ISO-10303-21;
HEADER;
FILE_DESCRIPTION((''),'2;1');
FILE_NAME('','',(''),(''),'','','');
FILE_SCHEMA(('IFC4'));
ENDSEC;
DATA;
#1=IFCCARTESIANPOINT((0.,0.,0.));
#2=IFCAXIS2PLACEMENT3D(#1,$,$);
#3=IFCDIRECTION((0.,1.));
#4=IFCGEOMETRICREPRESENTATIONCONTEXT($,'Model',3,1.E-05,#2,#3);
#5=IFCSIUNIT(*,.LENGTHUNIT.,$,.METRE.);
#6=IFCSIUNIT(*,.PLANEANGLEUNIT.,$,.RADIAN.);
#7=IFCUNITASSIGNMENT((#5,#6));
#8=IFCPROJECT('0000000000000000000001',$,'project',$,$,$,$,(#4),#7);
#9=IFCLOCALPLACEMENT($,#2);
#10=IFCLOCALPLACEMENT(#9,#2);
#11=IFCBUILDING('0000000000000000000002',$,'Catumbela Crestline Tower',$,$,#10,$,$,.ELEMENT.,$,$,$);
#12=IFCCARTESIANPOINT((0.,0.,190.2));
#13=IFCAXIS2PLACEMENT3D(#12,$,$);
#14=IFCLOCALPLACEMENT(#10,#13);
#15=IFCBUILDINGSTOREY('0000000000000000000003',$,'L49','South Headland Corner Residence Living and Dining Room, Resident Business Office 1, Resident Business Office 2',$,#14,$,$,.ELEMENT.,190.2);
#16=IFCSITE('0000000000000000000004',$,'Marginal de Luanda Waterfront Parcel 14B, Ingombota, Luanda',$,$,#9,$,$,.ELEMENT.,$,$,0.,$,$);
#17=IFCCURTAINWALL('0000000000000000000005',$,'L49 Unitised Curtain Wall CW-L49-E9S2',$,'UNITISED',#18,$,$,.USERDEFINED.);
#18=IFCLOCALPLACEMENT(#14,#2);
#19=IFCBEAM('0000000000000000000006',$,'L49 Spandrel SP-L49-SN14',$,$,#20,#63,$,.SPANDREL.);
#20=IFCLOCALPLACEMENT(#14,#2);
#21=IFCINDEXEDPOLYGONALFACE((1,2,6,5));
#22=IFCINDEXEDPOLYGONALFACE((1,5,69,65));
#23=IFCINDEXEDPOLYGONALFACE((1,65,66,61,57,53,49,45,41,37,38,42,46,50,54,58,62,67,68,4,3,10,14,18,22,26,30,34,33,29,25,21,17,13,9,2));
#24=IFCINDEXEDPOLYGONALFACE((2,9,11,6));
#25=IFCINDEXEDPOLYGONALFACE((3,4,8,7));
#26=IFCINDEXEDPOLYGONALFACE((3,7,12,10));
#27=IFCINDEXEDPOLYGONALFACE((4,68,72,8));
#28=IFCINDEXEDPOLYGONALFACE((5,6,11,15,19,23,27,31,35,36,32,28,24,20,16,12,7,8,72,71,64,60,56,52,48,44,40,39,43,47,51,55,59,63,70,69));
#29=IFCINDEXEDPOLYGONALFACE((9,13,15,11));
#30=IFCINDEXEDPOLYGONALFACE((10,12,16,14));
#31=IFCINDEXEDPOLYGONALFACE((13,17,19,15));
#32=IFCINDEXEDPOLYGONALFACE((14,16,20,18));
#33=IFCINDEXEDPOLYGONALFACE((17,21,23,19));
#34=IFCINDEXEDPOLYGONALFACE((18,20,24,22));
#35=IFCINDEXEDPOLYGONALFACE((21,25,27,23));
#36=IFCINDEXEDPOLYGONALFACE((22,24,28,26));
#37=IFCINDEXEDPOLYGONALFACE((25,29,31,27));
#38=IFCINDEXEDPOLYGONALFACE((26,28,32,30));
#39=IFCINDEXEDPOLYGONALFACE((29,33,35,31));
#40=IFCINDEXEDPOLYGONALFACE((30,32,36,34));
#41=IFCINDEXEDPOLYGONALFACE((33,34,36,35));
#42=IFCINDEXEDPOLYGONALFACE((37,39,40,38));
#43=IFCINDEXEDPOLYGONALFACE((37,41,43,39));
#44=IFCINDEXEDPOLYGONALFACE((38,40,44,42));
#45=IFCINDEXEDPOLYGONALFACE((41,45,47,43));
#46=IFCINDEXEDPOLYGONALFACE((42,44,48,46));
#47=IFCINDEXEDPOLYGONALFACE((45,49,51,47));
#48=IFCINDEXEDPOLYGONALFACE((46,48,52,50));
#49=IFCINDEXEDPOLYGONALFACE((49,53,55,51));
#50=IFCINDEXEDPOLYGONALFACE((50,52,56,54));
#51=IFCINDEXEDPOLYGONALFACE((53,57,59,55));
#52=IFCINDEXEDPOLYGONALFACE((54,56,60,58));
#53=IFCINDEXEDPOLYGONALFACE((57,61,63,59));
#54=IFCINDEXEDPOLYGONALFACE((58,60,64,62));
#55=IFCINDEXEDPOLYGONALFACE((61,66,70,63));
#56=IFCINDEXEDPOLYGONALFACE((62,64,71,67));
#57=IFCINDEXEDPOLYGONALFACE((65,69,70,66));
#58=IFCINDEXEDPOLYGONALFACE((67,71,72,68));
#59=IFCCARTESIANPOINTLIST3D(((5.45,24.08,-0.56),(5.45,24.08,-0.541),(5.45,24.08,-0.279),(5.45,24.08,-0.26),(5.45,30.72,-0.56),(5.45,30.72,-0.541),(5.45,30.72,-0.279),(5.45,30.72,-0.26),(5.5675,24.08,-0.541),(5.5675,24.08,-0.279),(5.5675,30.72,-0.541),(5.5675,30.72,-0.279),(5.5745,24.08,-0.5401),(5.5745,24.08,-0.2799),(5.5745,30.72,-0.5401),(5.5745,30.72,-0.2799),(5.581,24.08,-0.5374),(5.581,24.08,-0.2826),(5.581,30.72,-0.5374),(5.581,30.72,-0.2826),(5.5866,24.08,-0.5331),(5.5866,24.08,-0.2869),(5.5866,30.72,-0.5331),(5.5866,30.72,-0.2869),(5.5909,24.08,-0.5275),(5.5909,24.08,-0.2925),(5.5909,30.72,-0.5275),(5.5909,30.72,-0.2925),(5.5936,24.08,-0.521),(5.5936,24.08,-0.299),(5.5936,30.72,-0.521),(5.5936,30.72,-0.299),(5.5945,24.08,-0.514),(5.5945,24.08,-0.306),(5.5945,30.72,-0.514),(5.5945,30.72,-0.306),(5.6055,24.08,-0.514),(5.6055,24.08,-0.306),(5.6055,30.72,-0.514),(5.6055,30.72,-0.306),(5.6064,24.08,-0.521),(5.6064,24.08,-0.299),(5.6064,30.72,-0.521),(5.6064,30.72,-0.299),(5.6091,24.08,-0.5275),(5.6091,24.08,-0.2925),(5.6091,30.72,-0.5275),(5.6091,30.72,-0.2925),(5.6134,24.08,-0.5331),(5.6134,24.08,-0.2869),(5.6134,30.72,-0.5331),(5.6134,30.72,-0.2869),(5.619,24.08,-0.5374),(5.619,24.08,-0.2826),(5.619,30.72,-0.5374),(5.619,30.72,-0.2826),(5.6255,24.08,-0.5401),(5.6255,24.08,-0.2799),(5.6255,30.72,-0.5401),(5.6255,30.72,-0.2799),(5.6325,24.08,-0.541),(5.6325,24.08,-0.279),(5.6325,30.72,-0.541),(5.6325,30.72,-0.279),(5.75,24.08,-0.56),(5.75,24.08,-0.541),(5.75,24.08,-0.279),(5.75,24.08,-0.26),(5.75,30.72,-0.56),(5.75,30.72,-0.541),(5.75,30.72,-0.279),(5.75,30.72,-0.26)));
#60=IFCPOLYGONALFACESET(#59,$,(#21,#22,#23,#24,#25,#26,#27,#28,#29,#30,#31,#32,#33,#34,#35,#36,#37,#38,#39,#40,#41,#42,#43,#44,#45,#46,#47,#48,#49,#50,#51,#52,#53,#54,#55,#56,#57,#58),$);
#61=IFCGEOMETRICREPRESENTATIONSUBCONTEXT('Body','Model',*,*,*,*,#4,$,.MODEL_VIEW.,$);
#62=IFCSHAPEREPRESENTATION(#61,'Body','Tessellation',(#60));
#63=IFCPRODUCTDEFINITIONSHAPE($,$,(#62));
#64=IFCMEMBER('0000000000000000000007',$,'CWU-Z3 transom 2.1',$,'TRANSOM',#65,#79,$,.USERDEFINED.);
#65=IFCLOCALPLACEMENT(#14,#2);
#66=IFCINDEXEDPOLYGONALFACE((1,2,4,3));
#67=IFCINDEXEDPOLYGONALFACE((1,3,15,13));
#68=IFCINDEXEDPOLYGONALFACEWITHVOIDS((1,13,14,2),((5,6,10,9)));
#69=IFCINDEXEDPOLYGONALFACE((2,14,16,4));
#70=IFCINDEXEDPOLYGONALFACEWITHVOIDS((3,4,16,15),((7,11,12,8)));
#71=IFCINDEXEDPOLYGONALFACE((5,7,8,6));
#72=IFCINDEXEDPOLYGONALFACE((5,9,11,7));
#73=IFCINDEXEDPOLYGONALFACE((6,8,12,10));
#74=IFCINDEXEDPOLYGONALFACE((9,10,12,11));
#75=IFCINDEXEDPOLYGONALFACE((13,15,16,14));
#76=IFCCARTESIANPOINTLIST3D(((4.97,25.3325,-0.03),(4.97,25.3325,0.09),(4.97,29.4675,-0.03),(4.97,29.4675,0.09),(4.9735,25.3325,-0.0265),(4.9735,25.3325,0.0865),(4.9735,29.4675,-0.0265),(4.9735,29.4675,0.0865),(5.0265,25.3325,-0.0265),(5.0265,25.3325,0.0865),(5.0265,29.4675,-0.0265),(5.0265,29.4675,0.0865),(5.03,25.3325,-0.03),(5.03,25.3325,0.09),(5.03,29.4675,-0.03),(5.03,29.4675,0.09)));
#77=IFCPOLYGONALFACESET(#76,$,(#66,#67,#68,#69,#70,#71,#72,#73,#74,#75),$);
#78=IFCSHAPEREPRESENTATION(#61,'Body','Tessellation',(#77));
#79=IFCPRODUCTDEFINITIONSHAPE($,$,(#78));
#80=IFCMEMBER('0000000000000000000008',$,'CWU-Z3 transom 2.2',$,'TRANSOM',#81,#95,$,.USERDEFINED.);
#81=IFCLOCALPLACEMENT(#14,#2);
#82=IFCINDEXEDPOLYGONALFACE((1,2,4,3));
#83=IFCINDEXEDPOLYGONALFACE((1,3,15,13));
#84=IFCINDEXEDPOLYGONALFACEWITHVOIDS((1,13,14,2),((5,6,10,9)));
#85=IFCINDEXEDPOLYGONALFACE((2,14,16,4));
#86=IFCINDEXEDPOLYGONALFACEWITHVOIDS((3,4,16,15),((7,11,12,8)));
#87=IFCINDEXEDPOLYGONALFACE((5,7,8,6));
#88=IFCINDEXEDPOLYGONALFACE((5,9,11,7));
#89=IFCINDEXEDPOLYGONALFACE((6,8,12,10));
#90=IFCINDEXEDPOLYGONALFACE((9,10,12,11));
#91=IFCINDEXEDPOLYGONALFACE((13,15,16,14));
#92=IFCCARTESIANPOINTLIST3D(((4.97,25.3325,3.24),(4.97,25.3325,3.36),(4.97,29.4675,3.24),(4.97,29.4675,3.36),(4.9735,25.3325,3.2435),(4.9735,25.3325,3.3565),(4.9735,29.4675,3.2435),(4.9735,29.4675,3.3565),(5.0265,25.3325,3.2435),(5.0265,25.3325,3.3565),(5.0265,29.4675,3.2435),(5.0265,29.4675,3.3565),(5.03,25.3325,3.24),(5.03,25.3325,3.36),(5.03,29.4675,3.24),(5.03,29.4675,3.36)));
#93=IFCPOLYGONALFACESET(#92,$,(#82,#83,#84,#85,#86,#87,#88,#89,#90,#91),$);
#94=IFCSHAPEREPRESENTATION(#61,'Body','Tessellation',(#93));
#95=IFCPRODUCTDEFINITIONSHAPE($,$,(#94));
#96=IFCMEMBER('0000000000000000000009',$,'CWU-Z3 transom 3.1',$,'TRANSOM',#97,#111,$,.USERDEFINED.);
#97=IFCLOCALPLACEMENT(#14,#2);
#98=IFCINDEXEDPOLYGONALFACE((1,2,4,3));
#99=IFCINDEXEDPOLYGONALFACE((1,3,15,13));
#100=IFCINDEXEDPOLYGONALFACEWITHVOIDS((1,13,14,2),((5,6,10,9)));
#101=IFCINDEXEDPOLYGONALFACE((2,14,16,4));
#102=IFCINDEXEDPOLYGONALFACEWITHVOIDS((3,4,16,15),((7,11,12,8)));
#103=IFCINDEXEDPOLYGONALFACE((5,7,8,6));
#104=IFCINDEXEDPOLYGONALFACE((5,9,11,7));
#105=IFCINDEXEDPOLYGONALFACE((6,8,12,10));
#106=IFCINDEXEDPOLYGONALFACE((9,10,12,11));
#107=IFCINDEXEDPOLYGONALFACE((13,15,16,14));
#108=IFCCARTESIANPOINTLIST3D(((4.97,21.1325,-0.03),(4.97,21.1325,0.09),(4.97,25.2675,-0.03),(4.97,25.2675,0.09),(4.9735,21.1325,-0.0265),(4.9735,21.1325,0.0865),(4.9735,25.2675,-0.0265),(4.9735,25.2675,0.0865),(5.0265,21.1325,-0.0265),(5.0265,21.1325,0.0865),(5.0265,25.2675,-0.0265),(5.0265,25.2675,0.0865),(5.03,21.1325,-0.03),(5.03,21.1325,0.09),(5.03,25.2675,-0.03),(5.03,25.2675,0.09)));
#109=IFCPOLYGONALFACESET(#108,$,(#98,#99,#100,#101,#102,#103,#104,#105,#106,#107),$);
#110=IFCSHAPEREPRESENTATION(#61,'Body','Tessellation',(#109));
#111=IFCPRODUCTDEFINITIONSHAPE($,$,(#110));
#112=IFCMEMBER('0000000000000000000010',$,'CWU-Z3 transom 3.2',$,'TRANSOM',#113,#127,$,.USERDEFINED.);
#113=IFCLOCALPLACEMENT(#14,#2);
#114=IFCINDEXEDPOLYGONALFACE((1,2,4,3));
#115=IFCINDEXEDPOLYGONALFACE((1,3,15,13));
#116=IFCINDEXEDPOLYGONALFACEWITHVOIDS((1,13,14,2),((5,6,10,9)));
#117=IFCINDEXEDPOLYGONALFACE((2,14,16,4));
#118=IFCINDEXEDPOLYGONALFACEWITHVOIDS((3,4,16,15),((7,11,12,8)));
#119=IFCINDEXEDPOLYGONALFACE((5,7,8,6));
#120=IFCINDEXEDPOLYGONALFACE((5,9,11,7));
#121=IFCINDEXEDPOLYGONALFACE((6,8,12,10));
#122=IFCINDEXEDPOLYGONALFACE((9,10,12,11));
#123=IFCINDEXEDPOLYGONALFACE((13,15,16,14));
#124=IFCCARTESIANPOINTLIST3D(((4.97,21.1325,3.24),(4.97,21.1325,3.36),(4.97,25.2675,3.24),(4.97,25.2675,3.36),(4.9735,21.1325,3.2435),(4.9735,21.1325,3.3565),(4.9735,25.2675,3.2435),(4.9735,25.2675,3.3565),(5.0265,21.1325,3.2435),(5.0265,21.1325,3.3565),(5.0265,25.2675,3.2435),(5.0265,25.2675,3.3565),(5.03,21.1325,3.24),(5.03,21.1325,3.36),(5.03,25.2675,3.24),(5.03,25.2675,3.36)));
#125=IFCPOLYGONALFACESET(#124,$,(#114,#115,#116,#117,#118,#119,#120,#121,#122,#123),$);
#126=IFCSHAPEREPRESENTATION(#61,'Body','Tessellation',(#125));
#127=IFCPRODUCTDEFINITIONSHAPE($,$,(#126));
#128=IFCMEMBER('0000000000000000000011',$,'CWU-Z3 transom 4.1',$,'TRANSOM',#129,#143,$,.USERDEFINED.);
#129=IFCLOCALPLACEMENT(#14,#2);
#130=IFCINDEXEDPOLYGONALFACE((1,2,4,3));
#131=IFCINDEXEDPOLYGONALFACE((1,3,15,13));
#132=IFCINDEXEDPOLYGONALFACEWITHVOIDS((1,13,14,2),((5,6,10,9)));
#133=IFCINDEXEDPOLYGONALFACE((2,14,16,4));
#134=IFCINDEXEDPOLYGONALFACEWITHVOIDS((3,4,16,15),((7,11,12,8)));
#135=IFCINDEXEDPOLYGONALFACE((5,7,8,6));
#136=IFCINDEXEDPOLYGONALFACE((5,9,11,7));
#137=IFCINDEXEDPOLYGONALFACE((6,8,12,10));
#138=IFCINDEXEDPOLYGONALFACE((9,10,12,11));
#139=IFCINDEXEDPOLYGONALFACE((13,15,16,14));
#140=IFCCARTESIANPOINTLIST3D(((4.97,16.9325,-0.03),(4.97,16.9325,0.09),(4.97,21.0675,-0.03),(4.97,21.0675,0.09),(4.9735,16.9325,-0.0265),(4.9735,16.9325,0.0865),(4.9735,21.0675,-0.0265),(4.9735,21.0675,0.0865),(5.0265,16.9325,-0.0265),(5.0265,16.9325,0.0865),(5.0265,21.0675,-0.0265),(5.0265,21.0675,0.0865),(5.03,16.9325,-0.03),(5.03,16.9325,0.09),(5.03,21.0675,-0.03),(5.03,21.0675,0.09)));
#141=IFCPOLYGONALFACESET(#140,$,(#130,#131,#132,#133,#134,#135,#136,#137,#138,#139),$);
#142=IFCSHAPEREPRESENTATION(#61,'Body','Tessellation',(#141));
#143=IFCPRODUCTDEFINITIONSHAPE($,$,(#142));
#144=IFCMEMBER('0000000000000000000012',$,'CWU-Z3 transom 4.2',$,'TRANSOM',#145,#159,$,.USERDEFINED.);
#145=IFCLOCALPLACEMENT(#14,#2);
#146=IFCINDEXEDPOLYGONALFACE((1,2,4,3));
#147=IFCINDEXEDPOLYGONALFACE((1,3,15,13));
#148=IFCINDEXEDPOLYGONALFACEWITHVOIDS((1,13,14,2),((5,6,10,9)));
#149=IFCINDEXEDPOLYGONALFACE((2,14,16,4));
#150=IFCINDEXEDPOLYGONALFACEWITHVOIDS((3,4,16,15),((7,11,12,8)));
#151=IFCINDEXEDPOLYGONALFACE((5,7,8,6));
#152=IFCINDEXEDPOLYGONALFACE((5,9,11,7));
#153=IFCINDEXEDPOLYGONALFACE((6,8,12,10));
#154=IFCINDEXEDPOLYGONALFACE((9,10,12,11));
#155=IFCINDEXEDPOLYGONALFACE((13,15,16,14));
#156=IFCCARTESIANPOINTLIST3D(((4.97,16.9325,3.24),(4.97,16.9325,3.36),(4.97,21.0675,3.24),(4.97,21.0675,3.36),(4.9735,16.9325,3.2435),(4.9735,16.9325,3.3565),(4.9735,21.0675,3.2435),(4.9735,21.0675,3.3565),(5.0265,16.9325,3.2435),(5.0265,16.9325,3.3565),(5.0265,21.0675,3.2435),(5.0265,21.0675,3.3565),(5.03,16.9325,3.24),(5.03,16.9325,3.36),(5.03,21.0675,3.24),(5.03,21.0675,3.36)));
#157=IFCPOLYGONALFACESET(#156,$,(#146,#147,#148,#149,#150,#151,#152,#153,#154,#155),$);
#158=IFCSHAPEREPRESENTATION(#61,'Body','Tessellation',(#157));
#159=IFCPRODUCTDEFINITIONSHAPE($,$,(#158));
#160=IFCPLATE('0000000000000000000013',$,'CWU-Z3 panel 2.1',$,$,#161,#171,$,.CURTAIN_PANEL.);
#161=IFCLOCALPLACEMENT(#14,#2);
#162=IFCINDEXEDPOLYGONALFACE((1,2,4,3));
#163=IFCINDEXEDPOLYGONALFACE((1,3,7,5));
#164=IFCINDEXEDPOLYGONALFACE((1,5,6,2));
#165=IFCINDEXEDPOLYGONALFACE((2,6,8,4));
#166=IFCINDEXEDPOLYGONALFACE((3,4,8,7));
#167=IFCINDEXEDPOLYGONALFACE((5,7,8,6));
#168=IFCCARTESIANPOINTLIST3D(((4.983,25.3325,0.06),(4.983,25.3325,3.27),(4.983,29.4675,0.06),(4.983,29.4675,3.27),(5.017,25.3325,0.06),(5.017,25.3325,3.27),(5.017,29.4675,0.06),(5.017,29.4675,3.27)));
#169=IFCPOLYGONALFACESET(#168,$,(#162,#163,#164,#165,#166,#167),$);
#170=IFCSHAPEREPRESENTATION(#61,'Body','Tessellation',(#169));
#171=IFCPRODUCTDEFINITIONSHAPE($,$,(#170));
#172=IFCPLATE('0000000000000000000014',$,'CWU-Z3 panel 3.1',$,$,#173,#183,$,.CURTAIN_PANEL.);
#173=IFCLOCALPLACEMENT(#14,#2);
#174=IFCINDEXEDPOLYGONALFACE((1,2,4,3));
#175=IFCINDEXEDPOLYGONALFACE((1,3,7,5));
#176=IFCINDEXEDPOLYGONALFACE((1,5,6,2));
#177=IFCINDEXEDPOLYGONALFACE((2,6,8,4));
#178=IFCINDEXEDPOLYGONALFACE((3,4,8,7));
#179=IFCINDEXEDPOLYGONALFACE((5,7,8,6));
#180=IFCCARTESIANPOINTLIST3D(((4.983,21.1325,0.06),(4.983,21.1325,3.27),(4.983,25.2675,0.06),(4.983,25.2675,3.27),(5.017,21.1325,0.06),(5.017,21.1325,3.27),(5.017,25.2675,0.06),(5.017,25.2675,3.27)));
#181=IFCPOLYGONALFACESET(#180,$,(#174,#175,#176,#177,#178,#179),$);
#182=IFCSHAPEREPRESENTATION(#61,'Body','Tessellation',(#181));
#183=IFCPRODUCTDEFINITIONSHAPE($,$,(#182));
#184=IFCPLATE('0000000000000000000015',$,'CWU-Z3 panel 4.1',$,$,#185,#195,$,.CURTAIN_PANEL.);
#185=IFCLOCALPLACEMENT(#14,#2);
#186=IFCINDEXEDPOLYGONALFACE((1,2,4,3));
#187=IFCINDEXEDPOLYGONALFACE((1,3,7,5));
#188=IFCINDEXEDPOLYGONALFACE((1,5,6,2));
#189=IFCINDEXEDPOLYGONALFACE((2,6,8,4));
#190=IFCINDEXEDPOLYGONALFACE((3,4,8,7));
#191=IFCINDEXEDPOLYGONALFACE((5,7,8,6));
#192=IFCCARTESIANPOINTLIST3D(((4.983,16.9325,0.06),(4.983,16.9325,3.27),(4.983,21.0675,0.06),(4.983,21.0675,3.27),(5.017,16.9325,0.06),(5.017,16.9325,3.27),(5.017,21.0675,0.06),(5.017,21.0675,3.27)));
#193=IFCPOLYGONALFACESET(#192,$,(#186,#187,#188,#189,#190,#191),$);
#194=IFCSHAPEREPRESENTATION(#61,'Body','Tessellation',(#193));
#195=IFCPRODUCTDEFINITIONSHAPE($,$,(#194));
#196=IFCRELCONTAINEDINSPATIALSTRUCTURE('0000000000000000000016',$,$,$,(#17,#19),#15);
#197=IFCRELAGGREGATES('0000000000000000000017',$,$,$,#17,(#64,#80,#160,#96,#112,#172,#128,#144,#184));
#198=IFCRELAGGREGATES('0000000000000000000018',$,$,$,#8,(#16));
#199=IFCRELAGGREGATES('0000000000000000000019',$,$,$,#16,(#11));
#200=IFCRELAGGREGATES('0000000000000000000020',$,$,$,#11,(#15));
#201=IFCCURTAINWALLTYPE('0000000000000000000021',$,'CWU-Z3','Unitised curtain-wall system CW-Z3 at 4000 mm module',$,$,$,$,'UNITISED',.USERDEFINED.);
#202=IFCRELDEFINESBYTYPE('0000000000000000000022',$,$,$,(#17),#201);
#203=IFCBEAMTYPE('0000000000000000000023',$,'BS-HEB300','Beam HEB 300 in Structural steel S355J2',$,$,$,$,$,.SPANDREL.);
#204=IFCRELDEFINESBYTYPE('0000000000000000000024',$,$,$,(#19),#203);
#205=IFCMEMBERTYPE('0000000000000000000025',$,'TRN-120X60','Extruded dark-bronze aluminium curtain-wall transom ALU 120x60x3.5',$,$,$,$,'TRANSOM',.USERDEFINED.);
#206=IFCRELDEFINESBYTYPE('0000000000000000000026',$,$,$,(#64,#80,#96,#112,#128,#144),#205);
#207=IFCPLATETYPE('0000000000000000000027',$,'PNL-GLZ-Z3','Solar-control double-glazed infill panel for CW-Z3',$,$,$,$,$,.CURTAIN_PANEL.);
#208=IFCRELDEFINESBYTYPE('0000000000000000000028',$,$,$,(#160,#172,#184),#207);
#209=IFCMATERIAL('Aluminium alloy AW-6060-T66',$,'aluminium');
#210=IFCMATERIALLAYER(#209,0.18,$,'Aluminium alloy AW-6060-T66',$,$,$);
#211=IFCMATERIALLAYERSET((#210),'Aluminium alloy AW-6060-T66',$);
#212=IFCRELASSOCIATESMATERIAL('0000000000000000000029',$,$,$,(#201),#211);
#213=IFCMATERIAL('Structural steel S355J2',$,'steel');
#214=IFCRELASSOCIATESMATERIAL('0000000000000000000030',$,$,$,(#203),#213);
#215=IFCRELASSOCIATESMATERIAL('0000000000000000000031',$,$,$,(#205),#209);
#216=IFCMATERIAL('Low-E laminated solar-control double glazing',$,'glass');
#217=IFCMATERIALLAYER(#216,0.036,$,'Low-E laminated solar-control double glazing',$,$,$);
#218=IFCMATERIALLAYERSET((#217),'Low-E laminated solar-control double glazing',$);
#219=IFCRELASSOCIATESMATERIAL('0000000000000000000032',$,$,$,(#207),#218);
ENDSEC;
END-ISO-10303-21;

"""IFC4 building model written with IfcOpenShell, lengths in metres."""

from ifc_helpers import new_model, si_unit, direction, frame, origin, origin_2d, place, context, subcontext, project, spatial, rectangle, hollow_rectangle, i_section, extrude, material, layer, layer_set, material_profile, profile_set, type_object, element, aggregate, save


model = new_model("IFC4")

# Units and contexts
model_context = context("Model", 3, precision=1e-05, world=origin(), true_north=direction((0.0, 1.0)))
body_context = subcontext(model_context, "Body", "Model", "MODEL_VIEW")
ifc_project = project(units=[si_unit("LENGTHUNIT", "METRE"), si_unit("PLANEANGLEUNIT", "RADIAN")], contexts=[model_context])

# Site, building, storey
site_placement = place(None, origin())
site = spatial("IfcSite", under=ifc_project, at=site_placement, Name="Marginal de Luanda Waterfront Parcel 14B, Ingombota, Luanda", CompositionType="ELEMENT", RefElevation=0.0)
building_placement = place(site_placement, origin())
building = spatial("IfcBuilding", under=site, at=building_placement, Name="Catumbela Crestline Tower", CompositionType="ELEMENT")
storey_placement = place(building_placement, frame((0.0, 0.0, 190.2)))
storey = spatial("IfcBuildingStorey", under=building, at=storey_placement, Name="L49", Description="South Headland Corner Residence Living and Dining Room, Resident Business Office 1, Resident Business Office 2", CompositionType="ELEMENT", Elevation=190.2)

# Shared definitions
ifc_material_1 = material(Name="Structural steel S355J2", Category="steel")

# Curtain wall
ifc_material_2 = material(Name="Aluminium alloy AW-6060-T66", Category="aluminium")
ifc_layer_1 = layer(ifc_material_2, 0.18, Name="Aluminium alloy AW-6060-T66")
ifc_layer_set_1 = layer_set([ifc_layer_1], Name="Aluminium alloy AW-6060-T66")
curtain_wall_type = type_object("IfcCurtainWallType", Name="CWU-Z3", Description="Unitised curtain-wall system CW-Z3 at 4000 mm module", ElementType="UNITISED", PredefinedType="USERDEFINED", material=ifc_layer_set_1)
curtain_wall_placement = place(storey_placement, origin())
curtain_wall = element("IfcCurtainWall", 1, at=curtain_wall_placement, inside=storey, type_object=curtain_wall_type, Name="L49 Unitised Curtain Wall CW-L49-E9S2", ObjectType="UNITISED", PredefinedType="USERDEFINED")

# Beam
ifc_material_profile_1 = material_profile(ifc_material_1, i_section(OverallWidth=0.3, OverallDepth=0.3, WebThickness=0.011, FlangeThickness=0.019, FilletRadius=0.027, at=origin_2d()), Name="HEB 300")
ifc_profile_set_1 = profile_set([ifc_material_profile_1], Name="Structural steel S355J2")
beam_type_1 = type_object("IfcBeamType", Name="BS-HEB300", Description="Beam HEB 300 in Structural steel S355J2", PredefinedType="SPANDREL", material=ifc_profile_set_1)
beam_placement = place(storey_placement, frame((5.6, 24.08, -0.41), z_axis=(0.0, 1.0, 0.0), x_axis=(-1.0, 0.0, 0.0)))
element("IfcBeam", 2, at=beam_placement, inside=storey, type_object=beam_type_1, Name="L49 Spandrel SP-L49-SN14", PredefinedType="SPANDREL", context=body_context, shape_type="SweptSolid", body=[
    extrude(i_section(OverallWidth=0.3, OverallDepth=0.3, WebThickness=0.011, FlangeThickness=0.019, FilletRadius=0.027, at=origin_2d()), origin(), (0.0, 0.0, 1.0), 6.64),
])

# Members
ifc_material_profile_2 = material_profile(ifc_material_2, hollow_rectangle(XDim=0.06, YDim=0.12, WallThickness=0.0035, at=origin_2d()), Name="ALU 120x60x3.5")
ifc_profile_set_2 = profile_set([ifc_material_profile_2], Name="Aluminium alloy AW-6060-T66")
member_type_1 = type_object("IfcMemberType", Name="TRN-120X60", Description="Extruded dark-bronze aluminium curtain-wall transom ALU 120x60x3.5", ElementType="TRANSOM", PredefinedType="USERDEFINED", material=ifc_profile_set_2)
member_1_placement = place(storey_placement, frame((5.0, 29.4675, 0.03), z_axis=(0.0, -1.0, 0.0), x_axis=(1.0, 0.0, 0.0)))
member_1 = element("IfcMember", 3, at=member_1_placement, type_object=member_type_1, Name="CWU-Z3 transom 2.1", ObjectType="TRANSOM", PredefinedType="USERDEFINED", context=body_context, shape_type="SweptSolid", body=[
    extrude(hollow_rectangle(XDim=0.06, YDim=0.12, WallThickness=0.0035, at=origin_2d()), origin(), (0.0, 0.0, 1.0), 4.135),
])
member_2_placement = place(storey_placement, frame((5.0, 29.4675, 3.3), z_axis=(0.0, -1.0, 0.0), x_axis=(1.0, 0.0, 0.0)))
member_2 = element("IfcMember", 4, at=member_2_placement, type_object=member_type_1, Name="CWU-Z3 transom 2.2", ObjectType="TRANSOM", PredefinedType="USERDEFINED", context=body_context, shape_type="SweptSolid", body=[
    extrude(hollow_rectangle(XDim=0.06, YDim=0.12, WallThickness=0.0035, at=origin_2d()), origin(), (0.0, 0.0, 1.0), 4.135),
])
member_3_placement = place(storey_placement, frame((5.0, 25.2675, 0.03), z_axis=(0.0, -1.0, 0.0), x_axis=(1.0, 0.0, 0.0)))
member_3 = element("IfcMember", 5, at=member_3_placement, type_object=member_type_1, Name="CWU-Z3 transom 3.1", ObjectType="TRANSOM", PredefinedType="USERDEFINED", context=body_context, shape_type="SweptSolid", body=[
    extrude(hollow_rectangle(XDim=0.06, YDim=0.12, WallThickness=0.0035, at=origin_2d()), origin(), (0.0, 0.0, 1.0), 4.135),
])
member_4_placement = place(storey_placement, frame((5.0, 25.2675, 3.3), z_axis=(0.0, -1.0, 0.0), x_axis=(1.0, 0.0, 0.0)))
member_4 = element("IfcMember", 6, at=member_4_placement, type_object=member_type_1, Name="CWU-Z3 transom 3.2", ObjectType="TRANSOM", PredefinedType="USERDEFINED", context=body_context, shape_type="SweptSolid", body=[
    extrude(hollow_rectangle(XDim=0.06, YDim=0.12, WallThickness=0.0035, at=origin_2d()), origin(), (0.0, 0.0, 1.0), 4.135),
])
member_5_placement = place(storey_placement, frame((5.0, 21.0675, 0.03), z_axis=(0.0, -1.0, 0.0), x_axis=(1.0, 0.0, 0.0)))
member_5 = element("IfcMember", 7, at=member_5_placement, type_object=member_type_1, Name="CWU-Z3 transom 4.1", ObjectType="TRANSOM", PredefinedType="USERDEFINED", context=body_context, shape_type="SweptSolid", body=[
    extrude(hollow_rectangle(XDim=0.06, YDim=0.12, WallThickness=0.0035, at=origin_2d()), origin(), (0.0, 0.0, 1.0), 4.135),
])
member_6_placement = place(storey_placement, frame((5.0, 21.0675, 3.3), z_axis=(0.0, -1.0, 0.0), x_axis=(1.0, 0.0, 0.0)))
member_6 = element("IfcMember", 8, at=member_6_placement, type_object=member_type_1, Name="CWU-Z3 transom 4.2", ObjectType="TRANSOM", PredefinedType="USERDEFINED", context=body_context, shape_type="SweptSolid", body=[
    extrude(hollow_rectangle(XDim=0.06, YDim=0.12, WallThickness=0.0035, at=origin_2d()), origin(), (0.0, 0.0, 1.0), 4.135),
])

# Plates
ifc_material_3 = material(Name="Low-E laminated solar-control double glazing", Category="glass")
ifc_layer_2 = layer(ifc_material_3, 0.036, Name="Low-E laminated solar-control double glazing")
ifc_layer_set_2 = layer_set([ifc_layer_2], Name="Low-E laminated solar-control double glazing")
plate_type = type_object("IfcPlateType", Name="PNL-GLZ-Z3", Description="Solar-control double-glazed infill panel for CW-Z3", PredefinedType="CURTAIN_PANEL", material=ifc_layer_set_2)
plate_1_placement = place(storey_placement, frame((5.0, 27.4, 0.06), z_axis=(0.0, 0.0, 1.0), x_axis=(0.0, -1.0, 0.0)))
plate_1 = element("IfcPlate", 9, at=plate_1_placement, type_object=plate_type, Name="CWU-Z3 panel 2.1", PredefinedType="CURTAIN_PANEL", context=body_context, shape_type="SweptSolid", body=[
    extrude(rectangle(XDim=4.135, YDim=0.034, at=origin_2d()), origin(), (0.0, 0.0, 1.0), 3.21),
])
plate_2_placement = place(storey_placement, frame((5.0, 23.2, 0.06), z_axis=(0.0, 0.0, 1.0), x_axis=(0.0, -1.0, 0.0)))
plate_2 = element("IfcPlate", 10, at=plate_2_placement, type_object=plate_type, Name="CWU-Z3 panel 3.1", PredefinedType="CURTAIN_PANEL", context=body_context, shape_type="SweptSolid", body=[
    extrude(rectangle(XDim=4.135, YDim=0.034, at=origin_2d()), origin(), (0.0, 0.0, 1.0), 3.21),
])
plate_3_placement = place(storey_placement, frame((5.0, 19.0, 0.06), z_axis=(0.0, 0.0, 1.0), x_axis=(0.0, -1.0, 0.0)))
plate_3 = element("IfcPlate", 11, at=plate_3_placement, type_object=plate_type, Name="CWU-Z3 panel 4.1", PredefinedType="CURTAIN_PANEL", context=body_context, shape_type="SweptSolid", body=[
    extrude(rectangle(XDim=4.135, YDim=0.034, at=origin_2d()), origin(), (0.0, 0.0, 1.0), 3.21),
])
aggregate(curtain_wall, [member_1, member_2, plate_1, member_3, member_4, plate_2, member_5, member_6, plate_3])

save(model, "model.ifc")
